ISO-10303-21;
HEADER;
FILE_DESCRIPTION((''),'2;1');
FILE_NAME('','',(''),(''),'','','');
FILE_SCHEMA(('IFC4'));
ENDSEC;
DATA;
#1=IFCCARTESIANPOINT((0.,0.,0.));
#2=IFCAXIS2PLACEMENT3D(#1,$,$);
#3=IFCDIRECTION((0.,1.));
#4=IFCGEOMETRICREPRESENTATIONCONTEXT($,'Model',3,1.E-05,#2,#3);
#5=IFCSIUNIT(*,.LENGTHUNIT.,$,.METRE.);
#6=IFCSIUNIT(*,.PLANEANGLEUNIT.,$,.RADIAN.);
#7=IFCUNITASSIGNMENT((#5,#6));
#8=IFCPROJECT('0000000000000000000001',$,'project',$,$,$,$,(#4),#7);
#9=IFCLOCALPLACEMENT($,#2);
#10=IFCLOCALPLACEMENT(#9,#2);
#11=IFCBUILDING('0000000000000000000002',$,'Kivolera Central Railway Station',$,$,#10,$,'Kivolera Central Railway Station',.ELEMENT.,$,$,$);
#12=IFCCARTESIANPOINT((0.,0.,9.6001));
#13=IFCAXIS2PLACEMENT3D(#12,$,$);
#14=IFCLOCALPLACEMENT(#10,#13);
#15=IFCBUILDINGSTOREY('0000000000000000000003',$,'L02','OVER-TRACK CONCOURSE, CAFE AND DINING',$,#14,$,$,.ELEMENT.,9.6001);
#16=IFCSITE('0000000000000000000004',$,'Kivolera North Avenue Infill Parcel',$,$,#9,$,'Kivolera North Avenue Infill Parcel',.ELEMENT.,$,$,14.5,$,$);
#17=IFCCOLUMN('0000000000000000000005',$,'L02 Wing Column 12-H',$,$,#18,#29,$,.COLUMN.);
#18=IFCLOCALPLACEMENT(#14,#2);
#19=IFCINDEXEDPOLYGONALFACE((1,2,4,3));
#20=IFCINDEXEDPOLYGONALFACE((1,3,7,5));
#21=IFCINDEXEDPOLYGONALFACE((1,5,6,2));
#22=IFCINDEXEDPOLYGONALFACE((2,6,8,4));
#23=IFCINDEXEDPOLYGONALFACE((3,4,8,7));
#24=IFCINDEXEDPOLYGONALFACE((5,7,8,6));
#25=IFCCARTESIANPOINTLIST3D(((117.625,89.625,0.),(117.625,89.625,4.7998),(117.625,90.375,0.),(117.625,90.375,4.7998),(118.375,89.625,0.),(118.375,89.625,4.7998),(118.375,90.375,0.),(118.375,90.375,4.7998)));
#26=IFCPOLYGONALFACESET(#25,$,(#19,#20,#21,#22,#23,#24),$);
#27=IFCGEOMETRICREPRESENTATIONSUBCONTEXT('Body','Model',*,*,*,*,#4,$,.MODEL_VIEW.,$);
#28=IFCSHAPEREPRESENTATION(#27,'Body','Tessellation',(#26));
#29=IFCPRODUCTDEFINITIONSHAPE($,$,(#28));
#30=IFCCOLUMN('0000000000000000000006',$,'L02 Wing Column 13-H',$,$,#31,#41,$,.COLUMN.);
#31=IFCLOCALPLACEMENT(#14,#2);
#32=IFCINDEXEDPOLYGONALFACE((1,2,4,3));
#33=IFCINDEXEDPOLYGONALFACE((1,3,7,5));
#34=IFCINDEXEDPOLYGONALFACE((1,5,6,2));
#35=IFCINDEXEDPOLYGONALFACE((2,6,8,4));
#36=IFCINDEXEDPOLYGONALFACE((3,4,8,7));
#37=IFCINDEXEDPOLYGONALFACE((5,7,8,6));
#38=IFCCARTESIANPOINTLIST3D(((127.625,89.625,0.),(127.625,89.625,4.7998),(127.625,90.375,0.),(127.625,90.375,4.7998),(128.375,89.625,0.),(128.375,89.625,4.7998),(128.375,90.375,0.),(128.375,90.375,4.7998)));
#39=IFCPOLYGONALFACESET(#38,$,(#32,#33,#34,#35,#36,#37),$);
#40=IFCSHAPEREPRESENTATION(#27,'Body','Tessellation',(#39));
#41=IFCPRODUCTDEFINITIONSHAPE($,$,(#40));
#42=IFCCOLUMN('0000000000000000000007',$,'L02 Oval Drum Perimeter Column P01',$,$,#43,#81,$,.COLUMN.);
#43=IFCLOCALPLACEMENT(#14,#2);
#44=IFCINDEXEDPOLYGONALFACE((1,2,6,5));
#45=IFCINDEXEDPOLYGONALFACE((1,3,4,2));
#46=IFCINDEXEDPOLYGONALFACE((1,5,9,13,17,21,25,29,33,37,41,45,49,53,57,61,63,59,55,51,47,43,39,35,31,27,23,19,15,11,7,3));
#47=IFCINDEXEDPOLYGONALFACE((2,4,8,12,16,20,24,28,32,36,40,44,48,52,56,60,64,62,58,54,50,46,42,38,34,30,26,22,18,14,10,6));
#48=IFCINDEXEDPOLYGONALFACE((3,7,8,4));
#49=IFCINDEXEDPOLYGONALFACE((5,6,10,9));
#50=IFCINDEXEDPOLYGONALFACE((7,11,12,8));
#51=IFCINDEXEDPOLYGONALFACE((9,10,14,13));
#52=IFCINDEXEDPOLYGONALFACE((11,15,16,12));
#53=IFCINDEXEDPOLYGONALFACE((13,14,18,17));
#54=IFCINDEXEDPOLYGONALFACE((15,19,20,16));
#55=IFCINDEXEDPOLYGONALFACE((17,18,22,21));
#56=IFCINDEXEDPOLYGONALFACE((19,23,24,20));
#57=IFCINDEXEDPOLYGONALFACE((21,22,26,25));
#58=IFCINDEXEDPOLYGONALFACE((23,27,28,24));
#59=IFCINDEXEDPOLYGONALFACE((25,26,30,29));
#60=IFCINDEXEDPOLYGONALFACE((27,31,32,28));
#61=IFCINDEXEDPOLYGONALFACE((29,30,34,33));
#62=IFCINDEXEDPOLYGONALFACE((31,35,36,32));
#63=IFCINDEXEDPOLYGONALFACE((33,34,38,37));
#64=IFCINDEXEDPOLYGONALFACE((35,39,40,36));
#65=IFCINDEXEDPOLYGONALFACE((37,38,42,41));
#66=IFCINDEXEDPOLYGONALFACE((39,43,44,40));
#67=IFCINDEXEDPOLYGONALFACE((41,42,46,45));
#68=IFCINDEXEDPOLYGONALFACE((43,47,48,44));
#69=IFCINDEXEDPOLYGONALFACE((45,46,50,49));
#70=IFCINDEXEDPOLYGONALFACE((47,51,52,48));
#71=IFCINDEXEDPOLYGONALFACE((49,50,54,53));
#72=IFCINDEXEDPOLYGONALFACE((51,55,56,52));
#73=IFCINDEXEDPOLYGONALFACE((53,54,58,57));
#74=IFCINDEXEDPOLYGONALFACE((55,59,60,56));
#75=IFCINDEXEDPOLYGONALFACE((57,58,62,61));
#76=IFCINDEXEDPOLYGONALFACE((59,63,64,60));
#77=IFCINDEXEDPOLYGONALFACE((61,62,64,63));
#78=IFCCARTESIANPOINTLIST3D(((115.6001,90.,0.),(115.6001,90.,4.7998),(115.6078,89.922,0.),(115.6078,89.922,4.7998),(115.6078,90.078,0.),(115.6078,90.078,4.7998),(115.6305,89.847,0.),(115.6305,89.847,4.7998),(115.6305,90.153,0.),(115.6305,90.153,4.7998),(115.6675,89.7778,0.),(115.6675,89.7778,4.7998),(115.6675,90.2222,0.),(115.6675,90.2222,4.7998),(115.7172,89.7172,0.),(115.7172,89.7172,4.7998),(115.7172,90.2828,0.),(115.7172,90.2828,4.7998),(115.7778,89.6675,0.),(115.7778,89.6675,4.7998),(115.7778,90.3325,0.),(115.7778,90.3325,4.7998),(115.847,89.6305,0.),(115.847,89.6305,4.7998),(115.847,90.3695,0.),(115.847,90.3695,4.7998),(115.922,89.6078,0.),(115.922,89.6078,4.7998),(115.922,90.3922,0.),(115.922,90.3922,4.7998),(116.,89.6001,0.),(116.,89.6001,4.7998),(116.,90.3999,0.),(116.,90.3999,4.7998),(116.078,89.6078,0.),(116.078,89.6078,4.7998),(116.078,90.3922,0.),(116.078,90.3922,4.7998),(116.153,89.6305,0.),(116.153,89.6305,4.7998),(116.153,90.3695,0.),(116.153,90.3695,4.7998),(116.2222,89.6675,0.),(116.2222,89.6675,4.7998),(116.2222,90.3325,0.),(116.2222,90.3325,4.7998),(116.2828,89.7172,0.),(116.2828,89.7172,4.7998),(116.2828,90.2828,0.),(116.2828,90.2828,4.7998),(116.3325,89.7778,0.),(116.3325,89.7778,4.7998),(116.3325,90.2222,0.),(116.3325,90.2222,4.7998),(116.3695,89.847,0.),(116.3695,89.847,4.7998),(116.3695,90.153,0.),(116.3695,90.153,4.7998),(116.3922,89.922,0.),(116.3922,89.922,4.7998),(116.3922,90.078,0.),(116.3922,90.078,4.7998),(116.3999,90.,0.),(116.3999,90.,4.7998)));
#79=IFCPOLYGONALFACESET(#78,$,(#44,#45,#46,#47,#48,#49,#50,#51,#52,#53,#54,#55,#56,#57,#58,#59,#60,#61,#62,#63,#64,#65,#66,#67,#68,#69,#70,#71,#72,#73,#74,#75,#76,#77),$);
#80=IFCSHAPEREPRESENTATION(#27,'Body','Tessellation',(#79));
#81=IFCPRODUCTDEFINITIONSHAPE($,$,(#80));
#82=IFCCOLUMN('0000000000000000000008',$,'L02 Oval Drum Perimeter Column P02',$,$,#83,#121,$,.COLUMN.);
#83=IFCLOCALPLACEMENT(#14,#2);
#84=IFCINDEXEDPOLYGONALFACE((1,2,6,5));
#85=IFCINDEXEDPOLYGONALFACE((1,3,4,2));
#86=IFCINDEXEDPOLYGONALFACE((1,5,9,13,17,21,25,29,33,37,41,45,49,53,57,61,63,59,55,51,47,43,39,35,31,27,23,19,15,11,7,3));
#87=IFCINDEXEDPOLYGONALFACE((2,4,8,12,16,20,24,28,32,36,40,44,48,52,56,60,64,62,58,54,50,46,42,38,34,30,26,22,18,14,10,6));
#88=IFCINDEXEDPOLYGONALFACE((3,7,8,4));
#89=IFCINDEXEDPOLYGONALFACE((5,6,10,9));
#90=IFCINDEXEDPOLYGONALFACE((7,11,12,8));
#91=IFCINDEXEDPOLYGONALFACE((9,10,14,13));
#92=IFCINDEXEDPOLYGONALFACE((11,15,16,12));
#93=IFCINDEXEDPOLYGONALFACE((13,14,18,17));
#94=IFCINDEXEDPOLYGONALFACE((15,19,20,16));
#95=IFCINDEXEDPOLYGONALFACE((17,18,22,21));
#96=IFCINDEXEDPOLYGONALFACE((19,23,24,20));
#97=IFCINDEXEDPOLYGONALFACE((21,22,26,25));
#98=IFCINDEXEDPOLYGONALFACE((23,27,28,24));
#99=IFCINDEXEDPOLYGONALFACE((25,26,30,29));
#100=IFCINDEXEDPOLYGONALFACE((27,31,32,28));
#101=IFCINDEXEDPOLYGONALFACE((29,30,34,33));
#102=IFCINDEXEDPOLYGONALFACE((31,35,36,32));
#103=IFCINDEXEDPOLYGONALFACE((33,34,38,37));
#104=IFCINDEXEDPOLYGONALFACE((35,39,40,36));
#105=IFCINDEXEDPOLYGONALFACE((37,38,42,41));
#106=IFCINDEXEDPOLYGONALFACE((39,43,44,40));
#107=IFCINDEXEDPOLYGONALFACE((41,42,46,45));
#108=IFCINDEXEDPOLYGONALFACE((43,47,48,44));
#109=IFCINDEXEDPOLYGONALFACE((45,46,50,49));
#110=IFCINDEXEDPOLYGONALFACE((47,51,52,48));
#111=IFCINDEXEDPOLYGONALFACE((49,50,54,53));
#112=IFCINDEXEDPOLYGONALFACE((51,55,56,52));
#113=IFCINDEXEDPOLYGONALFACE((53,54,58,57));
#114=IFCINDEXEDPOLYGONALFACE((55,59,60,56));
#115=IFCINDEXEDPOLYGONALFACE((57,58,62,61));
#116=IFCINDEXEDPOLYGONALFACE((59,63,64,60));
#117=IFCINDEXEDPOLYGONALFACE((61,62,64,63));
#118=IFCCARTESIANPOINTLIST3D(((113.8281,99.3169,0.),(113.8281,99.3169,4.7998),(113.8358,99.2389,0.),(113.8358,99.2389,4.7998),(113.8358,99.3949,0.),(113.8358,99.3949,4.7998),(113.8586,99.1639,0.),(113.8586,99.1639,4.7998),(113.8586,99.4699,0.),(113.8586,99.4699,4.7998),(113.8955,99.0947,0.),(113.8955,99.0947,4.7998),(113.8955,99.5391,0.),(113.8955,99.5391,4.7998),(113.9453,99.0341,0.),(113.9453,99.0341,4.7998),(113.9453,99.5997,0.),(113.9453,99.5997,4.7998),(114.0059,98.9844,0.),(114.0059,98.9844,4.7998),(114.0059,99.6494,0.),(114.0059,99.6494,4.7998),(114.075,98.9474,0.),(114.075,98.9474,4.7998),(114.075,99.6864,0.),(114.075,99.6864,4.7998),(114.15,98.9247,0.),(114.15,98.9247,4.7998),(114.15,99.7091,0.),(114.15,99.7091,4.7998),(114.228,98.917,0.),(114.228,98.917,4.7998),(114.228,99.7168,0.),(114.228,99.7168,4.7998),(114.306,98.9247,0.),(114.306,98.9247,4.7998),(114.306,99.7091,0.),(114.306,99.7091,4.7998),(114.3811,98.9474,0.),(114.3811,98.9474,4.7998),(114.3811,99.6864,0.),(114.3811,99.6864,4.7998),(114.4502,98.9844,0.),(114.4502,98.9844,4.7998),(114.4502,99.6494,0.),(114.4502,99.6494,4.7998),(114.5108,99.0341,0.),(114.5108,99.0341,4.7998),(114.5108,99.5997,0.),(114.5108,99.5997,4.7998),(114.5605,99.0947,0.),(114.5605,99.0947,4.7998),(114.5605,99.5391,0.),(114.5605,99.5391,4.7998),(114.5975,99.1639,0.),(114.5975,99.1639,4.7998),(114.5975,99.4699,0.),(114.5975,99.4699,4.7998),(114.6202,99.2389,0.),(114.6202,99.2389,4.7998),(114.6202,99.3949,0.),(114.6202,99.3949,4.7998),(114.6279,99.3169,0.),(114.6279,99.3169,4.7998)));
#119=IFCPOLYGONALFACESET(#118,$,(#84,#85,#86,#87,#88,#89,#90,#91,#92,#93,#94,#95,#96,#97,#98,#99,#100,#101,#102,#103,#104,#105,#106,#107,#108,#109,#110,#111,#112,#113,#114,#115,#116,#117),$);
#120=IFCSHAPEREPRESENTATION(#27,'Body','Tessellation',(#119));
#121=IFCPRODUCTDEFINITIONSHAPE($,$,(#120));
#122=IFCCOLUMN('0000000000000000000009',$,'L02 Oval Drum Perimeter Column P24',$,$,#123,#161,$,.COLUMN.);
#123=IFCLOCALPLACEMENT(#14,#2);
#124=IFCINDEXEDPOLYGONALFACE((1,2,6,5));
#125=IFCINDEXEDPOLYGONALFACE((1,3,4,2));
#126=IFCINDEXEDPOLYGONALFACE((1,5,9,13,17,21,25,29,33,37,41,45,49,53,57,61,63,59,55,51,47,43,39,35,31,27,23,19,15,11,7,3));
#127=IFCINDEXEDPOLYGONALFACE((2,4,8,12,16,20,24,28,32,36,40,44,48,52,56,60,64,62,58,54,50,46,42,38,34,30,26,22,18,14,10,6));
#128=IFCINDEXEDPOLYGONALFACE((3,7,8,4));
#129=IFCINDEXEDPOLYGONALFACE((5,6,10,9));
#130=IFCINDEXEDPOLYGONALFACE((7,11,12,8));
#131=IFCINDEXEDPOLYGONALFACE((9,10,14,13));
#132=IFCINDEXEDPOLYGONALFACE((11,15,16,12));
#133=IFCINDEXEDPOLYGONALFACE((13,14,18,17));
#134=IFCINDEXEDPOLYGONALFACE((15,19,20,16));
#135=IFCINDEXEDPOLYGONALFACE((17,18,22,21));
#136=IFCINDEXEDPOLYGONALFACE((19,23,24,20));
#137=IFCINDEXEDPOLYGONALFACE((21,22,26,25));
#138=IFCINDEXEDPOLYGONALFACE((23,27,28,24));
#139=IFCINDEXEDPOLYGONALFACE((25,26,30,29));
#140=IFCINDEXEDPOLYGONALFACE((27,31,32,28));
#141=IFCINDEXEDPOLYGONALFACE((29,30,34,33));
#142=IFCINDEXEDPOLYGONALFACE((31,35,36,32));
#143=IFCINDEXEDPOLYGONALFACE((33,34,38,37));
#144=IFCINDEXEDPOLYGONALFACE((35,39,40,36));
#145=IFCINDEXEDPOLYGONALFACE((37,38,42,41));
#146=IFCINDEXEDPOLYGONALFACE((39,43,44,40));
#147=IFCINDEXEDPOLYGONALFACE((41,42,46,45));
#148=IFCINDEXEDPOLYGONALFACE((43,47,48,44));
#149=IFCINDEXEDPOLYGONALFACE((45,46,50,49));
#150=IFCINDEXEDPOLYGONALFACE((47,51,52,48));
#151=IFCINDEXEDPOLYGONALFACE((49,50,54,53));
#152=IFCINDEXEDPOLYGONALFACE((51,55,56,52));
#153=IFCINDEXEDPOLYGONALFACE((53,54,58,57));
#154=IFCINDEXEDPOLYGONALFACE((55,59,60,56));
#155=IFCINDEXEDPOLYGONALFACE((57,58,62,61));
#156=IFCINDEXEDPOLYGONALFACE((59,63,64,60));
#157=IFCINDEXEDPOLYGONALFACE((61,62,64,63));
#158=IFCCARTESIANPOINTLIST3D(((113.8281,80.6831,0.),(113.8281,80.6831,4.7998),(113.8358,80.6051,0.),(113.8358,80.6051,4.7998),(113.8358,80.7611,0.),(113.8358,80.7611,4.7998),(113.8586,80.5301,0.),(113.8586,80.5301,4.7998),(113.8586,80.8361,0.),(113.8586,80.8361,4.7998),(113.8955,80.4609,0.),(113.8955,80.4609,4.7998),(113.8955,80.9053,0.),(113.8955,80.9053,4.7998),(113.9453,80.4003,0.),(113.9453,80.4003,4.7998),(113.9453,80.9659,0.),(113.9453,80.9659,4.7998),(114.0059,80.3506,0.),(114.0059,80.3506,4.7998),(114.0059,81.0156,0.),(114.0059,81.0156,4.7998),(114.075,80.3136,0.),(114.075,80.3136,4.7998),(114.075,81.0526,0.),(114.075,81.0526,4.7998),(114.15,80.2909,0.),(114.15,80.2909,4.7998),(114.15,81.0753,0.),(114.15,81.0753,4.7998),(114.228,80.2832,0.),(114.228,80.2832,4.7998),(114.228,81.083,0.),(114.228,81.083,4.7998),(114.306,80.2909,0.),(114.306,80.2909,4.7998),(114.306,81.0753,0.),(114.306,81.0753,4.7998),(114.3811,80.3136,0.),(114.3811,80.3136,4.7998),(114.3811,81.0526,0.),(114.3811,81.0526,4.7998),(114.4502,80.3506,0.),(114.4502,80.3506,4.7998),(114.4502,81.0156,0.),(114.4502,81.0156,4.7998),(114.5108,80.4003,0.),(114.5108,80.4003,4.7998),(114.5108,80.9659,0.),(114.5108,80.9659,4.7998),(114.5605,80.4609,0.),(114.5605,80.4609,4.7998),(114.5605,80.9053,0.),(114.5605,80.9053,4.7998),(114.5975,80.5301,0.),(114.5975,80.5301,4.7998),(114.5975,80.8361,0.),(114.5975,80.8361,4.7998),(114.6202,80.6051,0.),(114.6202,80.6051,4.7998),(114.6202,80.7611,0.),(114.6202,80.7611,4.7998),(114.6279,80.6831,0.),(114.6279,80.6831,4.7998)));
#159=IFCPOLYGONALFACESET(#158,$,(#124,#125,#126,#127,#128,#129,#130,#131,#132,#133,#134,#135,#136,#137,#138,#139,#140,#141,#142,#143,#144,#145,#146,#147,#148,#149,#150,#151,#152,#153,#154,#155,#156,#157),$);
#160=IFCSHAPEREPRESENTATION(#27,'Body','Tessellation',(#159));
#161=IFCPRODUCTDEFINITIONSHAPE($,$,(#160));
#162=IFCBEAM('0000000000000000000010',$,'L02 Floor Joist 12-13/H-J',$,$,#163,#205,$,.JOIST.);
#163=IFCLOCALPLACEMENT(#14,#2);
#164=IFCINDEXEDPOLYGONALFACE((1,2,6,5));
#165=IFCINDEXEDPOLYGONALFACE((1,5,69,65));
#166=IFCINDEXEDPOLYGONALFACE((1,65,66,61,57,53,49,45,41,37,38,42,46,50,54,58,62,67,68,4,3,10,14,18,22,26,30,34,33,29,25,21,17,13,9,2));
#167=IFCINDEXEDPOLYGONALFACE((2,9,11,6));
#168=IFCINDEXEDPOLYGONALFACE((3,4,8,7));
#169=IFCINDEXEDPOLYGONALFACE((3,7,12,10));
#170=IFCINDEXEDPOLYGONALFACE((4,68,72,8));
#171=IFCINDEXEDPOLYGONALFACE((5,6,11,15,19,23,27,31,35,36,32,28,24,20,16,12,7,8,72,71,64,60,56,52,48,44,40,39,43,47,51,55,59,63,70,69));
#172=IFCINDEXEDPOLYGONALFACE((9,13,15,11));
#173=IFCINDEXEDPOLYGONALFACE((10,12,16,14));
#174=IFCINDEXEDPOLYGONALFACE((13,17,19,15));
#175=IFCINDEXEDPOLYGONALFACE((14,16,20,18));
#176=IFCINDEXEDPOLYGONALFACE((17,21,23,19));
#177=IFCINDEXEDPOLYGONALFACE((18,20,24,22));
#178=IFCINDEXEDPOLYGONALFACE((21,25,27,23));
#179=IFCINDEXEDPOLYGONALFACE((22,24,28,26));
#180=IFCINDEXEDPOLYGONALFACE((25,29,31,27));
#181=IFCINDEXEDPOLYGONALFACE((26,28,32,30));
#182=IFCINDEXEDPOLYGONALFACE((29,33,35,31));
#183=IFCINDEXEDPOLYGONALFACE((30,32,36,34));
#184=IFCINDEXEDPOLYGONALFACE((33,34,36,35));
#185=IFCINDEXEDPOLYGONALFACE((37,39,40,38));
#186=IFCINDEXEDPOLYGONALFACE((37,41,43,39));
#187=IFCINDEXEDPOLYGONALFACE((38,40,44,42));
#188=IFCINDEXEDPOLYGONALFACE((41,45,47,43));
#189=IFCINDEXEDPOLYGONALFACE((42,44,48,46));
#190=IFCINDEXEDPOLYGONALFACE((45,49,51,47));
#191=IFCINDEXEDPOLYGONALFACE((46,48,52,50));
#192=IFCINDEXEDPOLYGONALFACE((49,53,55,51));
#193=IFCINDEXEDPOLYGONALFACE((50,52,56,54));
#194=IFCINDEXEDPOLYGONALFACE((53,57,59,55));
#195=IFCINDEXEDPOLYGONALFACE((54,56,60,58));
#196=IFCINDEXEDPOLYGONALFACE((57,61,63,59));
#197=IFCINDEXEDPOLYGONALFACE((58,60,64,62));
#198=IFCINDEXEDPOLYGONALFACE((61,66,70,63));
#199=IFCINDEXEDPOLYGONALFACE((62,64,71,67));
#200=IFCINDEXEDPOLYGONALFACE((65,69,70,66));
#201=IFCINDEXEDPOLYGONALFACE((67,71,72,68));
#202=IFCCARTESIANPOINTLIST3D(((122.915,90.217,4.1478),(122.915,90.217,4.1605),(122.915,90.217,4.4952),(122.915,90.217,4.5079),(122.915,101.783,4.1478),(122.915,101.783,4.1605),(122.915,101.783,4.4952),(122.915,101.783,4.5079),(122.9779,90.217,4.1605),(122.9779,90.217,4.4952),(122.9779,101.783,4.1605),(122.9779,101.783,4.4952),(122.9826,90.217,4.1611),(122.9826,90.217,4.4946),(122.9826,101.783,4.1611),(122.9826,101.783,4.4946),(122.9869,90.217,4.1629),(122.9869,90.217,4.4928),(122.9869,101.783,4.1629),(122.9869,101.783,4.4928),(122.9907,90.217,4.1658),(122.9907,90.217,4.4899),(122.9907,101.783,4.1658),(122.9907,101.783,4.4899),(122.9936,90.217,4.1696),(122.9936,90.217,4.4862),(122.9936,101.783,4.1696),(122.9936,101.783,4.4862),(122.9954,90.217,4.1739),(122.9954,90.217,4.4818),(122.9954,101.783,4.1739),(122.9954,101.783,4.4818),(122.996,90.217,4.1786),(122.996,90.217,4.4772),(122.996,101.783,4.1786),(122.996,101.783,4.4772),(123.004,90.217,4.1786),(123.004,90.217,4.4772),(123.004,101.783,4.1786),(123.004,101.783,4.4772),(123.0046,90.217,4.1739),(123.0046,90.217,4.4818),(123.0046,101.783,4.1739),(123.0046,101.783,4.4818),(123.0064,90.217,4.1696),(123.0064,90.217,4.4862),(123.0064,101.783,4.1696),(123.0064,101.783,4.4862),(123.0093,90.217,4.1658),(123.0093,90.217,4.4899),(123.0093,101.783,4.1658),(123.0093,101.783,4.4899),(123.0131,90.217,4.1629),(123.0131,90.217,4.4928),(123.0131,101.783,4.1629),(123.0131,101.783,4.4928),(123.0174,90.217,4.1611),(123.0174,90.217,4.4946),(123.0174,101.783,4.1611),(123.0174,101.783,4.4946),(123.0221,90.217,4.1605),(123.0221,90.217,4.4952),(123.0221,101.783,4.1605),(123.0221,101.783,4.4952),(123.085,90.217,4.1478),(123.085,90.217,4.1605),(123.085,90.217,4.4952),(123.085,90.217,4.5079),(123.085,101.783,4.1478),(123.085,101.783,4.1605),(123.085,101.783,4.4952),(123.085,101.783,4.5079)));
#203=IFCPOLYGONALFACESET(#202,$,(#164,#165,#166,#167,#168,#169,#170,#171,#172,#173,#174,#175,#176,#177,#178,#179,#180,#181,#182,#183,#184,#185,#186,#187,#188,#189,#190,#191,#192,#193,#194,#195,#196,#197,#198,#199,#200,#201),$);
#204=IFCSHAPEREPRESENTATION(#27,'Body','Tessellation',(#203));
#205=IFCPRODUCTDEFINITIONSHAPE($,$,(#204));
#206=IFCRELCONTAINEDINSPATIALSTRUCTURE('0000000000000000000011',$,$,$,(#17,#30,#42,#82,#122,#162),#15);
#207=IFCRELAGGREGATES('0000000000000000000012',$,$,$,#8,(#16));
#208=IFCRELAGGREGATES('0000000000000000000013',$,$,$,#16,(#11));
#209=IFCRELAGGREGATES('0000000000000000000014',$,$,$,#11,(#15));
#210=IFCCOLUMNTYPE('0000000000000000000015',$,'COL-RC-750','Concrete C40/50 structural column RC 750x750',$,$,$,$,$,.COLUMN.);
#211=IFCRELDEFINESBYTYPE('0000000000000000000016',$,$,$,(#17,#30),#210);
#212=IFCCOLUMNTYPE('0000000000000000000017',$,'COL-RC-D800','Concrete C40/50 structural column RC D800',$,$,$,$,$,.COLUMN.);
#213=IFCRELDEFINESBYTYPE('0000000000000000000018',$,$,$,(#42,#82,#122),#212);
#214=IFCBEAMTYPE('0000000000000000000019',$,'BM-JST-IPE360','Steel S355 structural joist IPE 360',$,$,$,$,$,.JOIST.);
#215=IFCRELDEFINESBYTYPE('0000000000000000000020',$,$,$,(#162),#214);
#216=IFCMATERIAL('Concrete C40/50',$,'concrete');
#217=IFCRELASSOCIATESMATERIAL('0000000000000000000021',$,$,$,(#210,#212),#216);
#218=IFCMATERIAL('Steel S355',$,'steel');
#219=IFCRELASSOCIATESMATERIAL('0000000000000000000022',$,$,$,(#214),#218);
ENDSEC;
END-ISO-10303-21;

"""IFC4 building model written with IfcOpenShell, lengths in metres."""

from ifc_helpers import new_model, si_unit, direction, frame, origin, origin_2d, place, context, subcontext, project, spatial, rectangle, circle, i_section, extrude, material, material_profile, profile_set, type_object, element, save


model = new_model("IFC4")

# Units and contexts
model_context = context("Model", 3, precision=1e-05, world=origin(), true_north=direction((0.0, 1.0)))
body_context = subcontext(model_context, "Body", "Model", "MODEL_VIEW")
ifc_project = project(units=[si_unit("LENGTHUNIT", "METRE"), si_unit("PLANEANGLEUNIT", "RADIAN")], contexts=[model_context])

# Site, building, storey
site_placement = place(None, origin())
site = spatial("IfcSite", under=ifc_project, at=site_placement, Name="Kivolera North Avenue Infill Parcel", LongName="Kivolera North Avenue Infill Parcel", CompositionType="ELEMENT", RefElevation=14.5)
building_placement = place(site_placement, origin())
building = spatial("IfcBuilding", under=site, at=building_placement, Name="Kivolera Central Railway Station", LongName="Kivolera Central Railway Station", CompositionType="ELEMENT")
storey_placement = place(building_placement, frame((0.0, 0.0, 9.6001)))
storey = spatial("IfcBuildingStorey", under=building, at=storey_placement, Name="L02", Description="OVER-TRACK CONCOURSE, CAFE AND DINING", CompositionType="ELEMENT", Elevation=9.6001)

# Columns
ifc_material_1 = material(Name="Concrete C40/50", Category="concrete")
ifc_material_profile_1 = material_profile(ifc_material_1, rectangle(XDim=0.75, YDim=0.75, at=origin_2d()), Name="RC 750x750")
ifc_profile_set_1 = profile_set([ifc_material_profile_1], Name="Concrete C40/50")
column_type_1 = type_object("IfcColumnType", Name="COL-RC-750", Description="Concrete C40/50 structural column RC 750x750", PredefinedType="COLUMN", material=ifc_profile_set_1)
for number, where, z_axis, x_axis, name in (
    (1, (118.0, 90.0, 0.0), (0.0, 0.0, 1.0), (1.0, 0.0, 0.0), "L02 Wing Column 12-H"),
    (2, (128.0, 90.0, 0.0), (0.0, 0.0, 1.0), (1.0, 0.0, 0.0), "L02 Wing Column 13-H"),
):
    element("IfcColumn", number, at=place(storey_placement, frame(where, z_axis=z_axis, x_axis=x_axis)), inside=storey, type_object=column_type_1, Name=name, PredefinedType="COLUMN", context=body_context, shape_type="SweptSolid", body=[
        extrude(rectangle(XDim=0.75, YDim=0.75, at=origin_2d()), origin(), (0.0, 0.0, 1.0), 4.7998),
    ])
ifc_material_profile_2 = material_profile(ifc_material_1, circle(Radius=0.3999, at=origin_2d()), Name="RC D800")
ifc_profile_set_2 = profile_set([ifc_material_profile_2], Name="Concrete C40/50")
column_type_2 = type_object("IfcColumnType", Name="COL-RC-D800", Description="Concrete C40/50 structural column RC D800", PredefinedType="COLUMN", material=ifc_profile_set_2)
for number, where, z_axis, x_axis, name in (
    (3, (116.0, 90.0, 0.0), (0.0, 0.0, 1.0), (1.0, 0.0, 0.0), "L02 Oval Drum Perimeter Column P01"),
    (4, (114.228, 99.3169, 0.0), (0.0, 0.0, 1.0), (1.0, 0.0, 0.0), "L02 Oval Drum Perimeter Column P02"),
    (5, (114.228, 80.6831, 0.0), (0.0, 0.0, 1.0), (1.0, 0.0, 0.0), "L02 Oval Drum Perimeter Column P24"),
):
    element("IfcColumn", number, at=place(storey_placement, frame(where, z_axis=z_axis, x_axis=x_axis)), inside=storey, type_object=column_type_2, Name=name, PredefinedType="COLUMN", context=body_context, shape_type="SweptSolid", body=[
        extrude(circle(Radius=0.3999, at=origin_2d()), origin(), (0.0, 0.0, 1.0), 4.7998),
    ])

# Beam
ifc_material_2 = material(Name="Steel S355", Category="steel")
ifc_material_profile_3 = material_profile(ifc_material_2, i_section(OverallWidth=0.1699, OverallDepth=0.3601, WebThickness=0.0081, FlangeThickness=0.0127, FilletRadius=0.0181, at=origin_2d()), Name="IPE 360")
ifc_profile_set_3 = profile_set([ifc_material_profile_3], Name="Steel S355")
beam_type_1 = type_object("IfcBeamType", Name="BM-JST-IPE360", Description="Steel S355 structural joist IPE 360", PredefinedType="JOIST", material=ifc_profile_set_3)
beam_1_placement = place(storey_placement, frame((123.0, 90.217, 4.3279), z_axis=(0.0, 1.0, 0.0), x_axis=(-1.0, 0.0, 0.0)))
element("IfcBeam", 6, at=beam_1_placement, inside=storey, type_object=beam_type_1, Name="L02 Floor Joist 12-13/H-J", PredefinedType="JOIST", context=body_context, shape_type="SweptSolid", body=[
    extrude(i_section(OverallWidth=0.1699, OverallDepth=0.3601, WebThickness=0.0081, FlangeThickness=0.0127, FilletRadius=0.0181, at=origin_2d()), origin(), (0.0, 0.0, 1.0), 11.5659),
])

save(model, "model.ifc")
